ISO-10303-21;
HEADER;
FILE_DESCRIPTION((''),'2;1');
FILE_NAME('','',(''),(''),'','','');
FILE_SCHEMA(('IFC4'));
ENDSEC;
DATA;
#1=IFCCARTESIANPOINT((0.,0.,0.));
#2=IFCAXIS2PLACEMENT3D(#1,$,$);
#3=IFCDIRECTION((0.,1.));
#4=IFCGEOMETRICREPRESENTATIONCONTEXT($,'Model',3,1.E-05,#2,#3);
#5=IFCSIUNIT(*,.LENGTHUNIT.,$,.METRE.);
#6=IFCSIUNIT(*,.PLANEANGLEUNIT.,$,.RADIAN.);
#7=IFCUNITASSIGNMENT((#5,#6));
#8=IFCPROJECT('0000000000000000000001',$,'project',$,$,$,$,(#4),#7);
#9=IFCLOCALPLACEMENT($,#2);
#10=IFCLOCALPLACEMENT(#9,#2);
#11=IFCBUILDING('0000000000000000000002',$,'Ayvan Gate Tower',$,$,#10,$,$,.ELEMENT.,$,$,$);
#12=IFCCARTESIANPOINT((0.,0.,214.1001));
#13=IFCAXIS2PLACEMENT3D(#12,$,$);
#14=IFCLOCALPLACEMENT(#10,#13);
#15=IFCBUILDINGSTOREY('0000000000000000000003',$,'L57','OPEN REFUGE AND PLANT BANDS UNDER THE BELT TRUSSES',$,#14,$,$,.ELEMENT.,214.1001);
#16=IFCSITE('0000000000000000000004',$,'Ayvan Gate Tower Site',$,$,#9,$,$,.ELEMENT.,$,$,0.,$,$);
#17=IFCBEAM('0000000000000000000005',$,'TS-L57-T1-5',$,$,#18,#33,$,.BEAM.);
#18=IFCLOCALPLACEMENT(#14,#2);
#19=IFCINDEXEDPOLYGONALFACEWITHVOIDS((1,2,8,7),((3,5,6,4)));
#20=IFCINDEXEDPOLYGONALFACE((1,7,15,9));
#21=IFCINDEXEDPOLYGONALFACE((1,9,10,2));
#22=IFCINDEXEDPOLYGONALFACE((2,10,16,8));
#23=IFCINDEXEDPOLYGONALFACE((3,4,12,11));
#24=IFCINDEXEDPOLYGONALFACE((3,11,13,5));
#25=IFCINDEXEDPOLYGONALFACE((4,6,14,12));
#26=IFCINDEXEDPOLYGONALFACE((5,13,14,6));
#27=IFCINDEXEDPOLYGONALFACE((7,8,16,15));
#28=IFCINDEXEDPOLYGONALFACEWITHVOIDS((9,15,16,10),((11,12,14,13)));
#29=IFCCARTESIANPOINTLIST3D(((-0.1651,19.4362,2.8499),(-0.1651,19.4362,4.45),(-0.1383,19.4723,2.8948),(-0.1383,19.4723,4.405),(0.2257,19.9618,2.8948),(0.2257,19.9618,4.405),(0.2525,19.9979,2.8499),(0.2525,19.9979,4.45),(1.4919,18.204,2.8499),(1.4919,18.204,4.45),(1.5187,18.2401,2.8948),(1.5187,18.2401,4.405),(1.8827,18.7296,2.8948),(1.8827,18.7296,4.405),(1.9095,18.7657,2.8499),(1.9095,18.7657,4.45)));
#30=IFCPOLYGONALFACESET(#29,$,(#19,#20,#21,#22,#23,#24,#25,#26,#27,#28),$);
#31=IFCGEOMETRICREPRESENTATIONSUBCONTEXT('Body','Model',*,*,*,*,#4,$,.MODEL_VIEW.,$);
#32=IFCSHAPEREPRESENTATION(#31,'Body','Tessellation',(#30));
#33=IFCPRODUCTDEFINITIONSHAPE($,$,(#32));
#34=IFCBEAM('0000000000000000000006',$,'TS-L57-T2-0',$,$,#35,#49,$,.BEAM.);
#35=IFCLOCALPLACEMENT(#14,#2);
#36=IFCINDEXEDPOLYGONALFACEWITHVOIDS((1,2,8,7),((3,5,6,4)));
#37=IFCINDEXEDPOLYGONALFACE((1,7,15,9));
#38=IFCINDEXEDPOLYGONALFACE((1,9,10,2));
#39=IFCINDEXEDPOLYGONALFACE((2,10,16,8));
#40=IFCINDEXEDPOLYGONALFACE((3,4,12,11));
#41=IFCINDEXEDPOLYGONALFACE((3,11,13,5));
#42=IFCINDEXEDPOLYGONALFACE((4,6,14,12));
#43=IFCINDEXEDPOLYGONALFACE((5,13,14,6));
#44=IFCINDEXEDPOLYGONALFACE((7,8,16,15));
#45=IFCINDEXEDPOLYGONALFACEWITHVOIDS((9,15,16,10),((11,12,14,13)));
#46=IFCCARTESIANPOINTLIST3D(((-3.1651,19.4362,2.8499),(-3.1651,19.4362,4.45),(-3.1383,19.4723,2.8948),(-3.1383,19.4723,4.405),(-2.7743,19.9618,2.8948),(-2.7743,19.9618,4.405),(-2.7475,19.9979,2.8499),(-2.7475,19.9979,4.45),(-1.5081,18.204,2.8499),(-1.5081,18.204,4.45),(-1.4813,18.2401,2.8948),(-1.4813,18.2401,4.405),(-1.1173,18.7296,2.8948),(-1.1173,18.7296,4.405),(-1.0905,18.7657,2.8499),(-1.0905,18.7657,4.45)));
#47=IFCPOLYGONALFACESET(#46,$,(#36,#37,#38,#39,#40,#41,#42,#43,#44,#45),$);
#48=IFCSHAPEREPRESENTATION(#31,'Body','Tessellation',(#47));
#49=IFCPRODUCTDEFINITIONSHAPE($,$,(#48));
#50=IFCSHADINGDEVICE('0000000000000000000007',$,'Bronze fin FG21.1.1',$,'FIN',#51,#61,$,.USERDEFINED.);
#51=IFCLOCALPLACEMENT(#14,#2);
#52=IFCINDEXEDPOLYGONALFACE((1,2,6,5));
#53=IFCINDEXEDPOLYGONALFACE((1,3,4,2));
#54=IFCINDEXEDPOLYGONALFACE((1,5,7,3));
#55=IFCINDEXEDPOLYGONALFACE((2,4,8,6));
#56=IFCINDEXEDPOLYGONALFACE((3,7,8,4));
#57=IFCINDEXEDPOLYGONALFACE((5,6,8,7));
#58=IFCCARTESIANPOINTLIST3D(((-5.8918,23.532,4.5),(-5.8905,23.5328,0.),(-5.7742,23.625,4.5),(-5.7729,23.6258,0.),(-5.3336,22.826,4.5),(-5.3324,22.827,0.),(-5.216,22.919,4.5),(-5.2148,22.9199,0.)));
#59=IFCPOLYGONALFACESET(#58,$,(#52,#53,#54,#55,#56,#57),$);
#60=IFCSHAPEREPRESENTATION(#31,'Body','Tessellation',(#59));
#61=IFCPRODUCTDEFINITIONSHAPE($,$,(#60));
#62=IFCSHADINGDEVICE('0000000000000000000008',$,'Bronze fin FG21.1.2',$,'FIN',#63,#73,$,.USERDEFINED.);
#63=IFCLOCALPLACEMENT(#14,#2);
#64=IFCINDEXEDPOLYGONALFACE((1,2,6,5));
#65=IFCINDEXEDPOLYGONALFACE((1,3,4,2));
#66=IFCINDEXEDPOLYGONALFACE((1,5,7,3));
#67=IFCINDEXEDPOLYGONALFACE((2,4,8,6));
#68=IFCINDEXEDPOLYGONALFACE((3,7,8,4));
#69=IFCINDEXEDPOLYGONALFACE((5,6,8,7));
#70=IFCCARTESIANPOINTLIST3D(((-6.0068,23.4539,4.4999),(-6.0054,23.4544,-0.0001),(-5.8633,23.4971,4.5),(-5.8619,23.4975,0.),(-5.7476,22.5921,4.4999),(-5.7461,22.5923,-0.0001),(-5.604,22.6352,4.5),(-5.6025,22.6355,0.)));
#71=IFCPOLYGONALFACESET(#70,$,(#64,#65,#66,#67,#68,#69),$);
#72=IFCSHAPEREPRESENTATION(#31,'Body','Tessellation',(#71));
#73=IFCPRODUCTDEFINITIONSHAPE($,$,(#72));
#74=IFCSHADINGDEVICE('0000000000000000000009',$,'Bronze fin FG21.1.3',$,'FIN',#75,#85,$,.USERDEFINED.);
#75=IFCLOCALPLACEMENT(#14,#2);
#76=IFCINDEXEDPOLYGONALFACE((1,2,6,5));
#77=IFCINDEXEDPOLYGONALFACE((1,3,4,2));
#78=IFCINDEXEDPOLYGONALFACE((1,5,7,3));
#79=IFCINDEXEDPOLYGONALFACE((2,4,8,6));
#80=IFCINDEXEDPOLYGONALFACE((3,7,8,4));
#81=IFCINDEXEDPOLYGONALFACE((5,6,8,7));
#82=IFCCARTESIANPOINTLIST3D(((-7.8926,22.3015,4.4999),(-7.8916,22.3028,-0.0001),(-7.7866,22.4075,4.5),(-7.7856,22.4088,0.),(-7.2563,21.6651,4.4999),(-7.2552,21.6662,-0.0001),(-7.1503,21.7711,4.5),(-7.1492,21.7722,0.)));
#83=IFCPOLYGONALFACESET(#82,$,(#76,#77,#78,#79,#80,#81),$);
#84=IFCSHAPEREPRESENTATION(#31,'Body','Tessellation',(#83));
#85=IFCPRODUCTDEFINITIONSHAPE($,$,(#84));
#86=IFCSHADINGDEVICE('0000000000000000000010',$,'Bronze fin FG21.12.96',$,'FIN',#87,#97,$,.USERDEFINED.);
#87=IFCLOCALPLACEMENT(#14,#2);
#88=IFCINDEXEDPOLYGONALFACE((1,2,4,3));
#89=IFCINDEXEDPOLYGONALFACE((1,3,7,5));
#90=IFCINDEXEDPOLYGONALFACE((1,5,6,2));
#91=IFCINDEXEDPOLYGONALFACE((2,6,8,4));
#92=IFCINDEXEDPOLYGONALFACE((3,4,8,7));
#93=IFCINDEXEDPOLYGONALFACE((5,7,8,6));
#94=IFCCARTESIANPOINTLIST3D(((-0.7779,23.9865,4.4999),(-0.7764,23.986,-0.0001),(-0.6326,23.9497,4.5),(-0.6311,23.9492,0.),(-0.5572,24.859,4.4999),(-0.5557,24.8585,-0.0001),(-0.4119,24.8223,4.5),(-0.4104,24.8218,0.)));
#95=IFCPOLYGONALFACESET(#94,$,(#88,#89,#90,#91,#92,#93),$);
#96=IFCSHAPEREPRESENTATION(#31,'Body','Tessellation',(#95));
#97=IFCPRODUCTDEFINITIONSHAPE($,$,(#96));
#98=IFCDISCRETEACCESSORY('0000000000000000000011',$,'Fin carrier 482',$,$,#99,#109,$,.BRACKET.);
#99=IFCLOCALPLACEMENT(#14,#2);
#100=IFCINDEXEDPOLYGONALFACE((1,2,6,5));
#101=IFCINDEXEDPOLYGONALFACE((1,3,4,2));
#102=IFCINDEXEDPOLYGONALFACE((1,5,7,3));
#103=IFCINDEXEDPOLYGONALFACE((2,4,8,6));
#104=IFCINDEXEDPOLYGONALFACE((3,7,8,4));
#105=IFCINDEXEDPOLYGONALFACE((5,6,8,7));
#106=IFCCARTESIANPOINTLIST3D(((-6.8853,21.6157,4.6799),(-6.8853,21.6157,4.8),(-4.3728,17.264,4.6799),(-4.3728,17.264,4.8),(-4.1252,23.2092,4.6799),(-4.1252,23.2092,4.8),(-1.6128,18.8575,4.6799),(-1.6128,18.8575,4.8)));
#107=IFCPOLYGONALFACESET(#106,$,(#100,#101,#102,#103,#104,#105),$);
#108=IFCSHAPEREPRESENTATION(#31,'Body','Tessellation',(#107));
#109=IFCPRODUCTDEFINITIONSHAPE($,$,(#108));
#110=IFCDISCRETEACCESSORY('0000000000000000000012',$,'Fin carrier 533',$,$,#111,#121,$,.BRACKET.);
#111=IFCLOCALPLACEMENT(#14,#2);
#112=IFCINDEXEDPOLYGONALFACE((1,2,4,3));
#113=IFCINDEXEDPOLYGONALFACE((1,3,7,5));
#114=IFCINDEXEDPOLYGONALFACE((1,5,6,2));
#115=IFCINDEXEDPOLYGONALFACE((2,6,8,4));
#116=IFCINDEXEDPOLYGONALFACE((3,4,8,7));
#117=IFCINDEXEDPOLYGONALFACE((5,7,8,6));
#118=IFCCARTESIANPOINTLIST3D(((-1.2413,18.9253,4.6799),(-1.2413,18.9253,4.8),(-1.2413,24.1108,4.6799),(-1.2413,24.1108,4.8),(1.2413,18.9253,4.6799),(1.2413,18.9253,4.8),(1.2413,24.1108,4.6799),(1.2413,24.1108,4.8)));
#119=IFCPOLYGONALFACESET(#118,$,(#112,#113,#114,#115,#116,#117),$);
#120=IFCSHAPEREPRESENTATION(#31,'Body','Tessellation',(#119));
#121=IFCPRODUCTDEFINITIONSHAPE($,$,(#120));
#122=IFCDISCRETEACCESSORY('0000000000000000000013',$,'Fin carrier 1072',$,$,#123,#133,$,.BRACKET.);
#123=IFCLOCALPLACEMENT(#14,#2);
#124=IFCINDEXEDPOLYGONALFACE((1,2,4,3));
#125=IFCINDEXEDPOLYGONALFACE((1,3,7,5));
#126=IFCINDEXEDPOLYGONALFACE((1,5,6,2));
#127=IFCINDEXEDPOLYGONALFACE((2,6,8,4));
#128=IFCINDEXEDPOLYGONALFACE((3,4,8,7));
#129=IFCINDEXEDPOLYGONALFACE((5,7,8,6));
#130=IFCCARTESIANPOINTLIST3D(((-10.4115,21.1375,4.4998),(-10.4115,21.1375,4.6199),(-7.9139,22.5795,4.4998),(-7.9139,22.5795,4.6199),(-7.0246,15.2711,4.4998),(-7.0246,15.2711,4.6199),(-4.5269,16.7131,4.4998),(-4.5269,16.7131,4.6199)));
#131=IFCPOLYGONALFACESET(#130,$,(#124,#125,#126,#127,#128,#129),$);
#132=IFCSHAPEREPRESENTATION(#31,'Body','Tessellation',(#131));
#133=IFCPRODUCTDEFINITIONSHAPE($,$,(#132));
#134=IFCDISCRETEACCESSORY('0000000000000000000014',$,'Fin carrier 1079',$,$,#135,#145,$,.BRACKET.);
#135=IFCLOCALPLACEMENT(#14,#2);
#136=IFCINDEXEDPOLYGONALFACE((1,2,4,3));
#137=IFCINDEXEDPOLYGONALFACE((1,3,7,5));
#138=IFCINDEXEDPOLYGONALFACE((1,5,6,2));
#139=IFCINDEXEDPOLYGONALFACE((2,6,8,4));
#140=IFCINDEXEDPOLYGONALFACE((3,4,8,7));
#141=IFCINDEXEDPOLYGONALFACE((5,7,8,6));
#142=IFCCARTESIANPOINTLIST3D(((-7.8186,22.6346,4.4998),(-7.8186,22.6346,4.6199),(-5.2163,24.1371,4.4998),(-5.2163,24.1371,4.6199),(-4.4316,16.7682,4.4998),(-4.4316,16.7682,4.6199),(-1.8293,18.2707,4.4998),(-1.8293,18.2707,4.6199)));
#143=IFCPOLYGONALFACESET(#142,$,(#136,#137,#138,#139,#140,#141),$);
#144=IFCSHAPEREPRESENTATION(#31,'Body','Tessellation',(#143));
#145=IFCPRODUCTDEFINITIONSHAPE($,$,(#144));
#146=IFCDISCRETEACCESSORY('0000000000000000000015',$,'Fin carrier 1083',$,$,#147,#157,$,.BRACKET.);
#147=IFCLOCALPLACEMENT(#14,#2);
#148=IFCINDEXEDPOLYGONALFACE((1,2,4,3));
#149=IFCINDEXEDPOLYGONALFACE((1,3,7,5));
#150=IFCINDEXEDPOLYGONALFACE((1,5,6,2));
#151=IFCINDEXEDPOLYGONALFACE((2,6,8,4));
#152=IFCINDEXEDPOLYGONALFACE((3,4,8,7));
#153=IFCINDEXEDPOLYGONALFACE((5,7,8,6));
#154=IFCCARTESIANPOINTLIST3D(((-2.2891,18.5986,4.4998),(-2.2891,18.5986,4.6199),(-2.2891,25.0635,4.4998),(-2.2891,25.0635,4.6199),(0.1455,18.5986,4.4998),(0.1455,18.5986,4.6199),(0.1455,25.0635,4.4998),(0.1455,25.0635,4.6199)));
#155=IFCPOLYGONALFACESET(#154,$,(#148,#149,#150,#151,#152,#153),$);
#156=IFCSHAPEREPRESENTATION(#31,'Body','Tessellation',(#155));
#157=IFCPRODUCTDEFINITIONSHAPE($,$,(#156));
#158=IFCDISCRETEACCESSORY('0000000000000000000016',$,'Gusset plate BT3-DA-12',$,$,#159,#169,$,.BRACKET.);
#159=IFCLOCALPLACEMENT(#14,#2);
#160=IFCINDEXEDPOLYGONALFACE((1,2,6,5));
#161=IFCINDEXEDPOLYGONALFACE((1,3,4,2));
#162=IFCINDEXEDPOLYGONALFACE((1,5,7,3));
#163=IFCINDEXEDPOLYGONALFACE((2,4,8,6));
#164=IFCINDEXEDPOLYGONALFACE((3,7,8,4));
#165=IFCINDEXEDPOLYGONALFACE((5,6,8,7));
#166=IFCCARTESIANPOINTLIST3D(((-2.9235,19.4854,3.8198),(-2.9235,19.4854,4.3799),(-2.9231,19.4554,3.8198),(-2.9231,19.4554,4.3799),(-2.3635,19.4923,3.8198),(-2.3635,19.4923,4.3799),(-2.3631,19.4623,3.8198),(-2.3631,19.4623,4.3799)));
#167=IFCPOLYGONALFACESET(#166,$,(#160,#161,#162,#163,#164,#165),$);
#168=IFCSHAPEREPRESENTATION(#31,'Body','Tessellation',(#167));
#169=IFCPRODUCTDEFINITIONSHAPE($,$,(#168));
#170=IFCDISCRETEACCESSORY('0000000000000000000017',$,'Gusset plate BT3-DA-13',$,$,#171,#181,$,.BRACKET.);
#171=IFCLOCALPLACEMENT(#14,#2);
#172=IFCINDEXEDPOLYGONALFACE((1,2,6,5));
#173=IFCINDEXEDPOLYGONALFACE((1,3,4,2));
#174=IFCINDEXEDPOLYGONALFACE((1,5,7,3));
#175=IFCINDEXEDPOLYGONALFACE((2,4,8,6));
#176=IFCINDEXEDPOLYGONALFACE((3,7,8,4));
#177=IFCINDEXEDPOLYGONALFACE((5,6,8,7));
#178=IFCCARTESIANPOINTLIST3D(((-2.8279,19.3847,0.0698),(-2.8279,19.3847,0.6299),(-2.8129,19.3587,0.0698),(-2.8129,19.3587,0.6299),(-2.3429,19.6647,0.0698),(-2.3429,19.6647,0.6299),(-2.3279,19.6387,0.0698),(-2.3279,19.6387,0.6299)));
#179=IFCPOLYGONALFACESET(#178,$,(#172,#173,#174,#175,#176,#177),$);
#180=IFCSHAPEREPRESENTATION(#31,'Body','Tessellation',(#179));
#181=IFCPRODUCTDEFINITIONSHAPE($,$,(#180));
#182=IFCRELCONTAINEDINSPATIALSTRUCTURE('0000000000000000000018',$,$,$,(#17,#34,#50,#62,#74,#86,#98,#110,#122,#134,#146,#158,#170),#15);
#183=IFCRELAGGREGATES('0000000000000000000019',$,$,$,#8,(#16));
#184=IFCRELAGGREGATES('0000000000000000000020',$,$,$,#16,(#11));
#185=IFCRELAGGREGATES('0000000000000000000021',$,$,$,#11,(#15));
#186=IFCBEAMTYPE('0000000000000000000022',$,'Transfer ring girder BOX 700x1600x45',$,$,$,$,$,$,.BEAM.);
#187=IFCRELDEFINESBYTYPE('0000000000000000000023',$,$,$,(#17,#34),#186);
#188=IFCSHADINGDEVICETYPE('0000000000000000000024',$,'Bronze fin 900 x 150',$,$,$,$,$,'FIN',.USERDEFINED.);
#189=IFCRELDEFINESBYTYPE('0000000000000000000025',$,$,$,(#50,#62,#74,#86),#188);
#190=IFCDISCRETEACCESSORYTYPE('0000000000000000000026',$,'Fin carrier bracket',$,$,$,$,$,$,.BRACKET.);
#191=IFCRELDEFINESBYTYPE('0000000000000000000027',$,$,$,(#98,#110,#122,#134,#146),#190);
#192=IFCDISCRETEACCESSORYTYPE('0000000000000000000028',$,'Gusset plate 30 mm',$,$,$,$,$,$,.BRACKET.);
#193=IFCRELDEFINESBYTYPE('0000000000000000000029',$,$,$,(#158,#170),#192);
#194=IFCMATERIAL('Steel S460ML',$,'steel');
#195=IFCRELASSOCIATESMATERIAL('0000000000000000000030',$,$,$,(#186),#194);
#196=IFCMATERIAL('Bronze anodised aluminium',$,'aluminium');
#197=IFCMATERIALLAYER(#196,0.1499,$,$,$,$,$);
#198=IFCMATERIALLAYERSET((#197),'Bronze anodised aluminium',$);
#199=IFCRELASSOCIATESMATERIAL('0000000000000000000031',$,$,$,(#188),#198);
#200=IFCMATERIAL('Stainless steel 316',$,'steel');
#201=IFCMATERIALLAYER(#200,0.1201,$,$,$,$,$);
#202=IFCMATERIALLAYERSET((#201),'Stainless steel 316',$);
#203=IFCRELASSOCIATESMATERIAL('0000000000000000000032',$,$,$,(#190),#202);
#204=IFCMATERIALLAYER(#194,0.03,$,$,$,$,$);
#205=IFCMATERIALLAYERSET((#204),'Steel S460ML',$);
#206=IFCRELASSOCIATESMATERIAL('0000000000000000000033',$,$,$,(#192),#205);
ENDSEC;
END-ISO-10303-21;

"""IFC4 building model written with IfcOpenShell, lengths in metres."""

from ifc_helpers import new_model, si_unit, direction, frame, origin, origin_2d, place, context, subcontext, project, spatial, polyline, rectangle, hollow_rectangle, outline, extrude, material, layer, layer_set, material_profile, profile_set, type_object, element, save


model = new_model("IFC4")

# Units and contexts
model_context = context("Model", 3, precision=1e-05, world=origin(), true_north=direction((0.0, 1.0)))
body_context = subcontext(model_context, "Body", "Model", "MODEL_VIEW")
ifc_project = project(units=[si_unit("LENGTHUNIT", "METRE"), si_unit("PLANEANGLEUNIT", "RADIAN")], contexts=[model_context])

# Site, building, storey
site_placement = place(None, origin())
site = spatial("IfcSite", under=ifc_project, at=site_placement, Name="Ayvan Gate Tower Site", CompositionType="ELEMENT", RefElevation=0.0)
building_placement = place(site_placement, origin())
building = spatial("IfcBuilding", under=site, at=building_placement, Name="Ayvan Gate Tower", CompositionType="ELEMENT")
storey_placement = place(building_placement, frame((0.0, 0.0, 214.1001)))
storey = spatial("IfcBuildingStorey", under=building, at=storey_placement, Name="L57", Description="OPEN REFUGE AND PLANT BANDS UNDER THE BELT TRUSSES", CompositionType="ELEMENT", Elevation=214.1001)

# Shared definitions
ifc_material_1 = material(Name="Steel S460ML", Category="steel")

# Beams
ifc_material_profile_1 = material_profile(ifc_material_1, hollow_rectangle(XDim=0.7, YDim=1.6001, WallThickness=0.0449, at=origin_2d()), Name="BOX 700x1600x45")
ifc_profile_set_1 = profile_set([ifc_material_profile_1], Name="Steel S460ML")
beam_type_1 = type_object("IfcBeamType", Name="Transfer ring girder BOX 700x1600x45", PredefinedType="BEAM", material=ifc_profile_set_1)
for number, where, z_axis, x_axis, name in (
    (1, (0.0437, 19.717, 3.6499), (0.802448, -0.596722, 0.0), (0.596722, 0.802448, 0.0), "TS-L57-T1-5"),
    (2, (-2.9563, 19.717, 3.6499), (0.802448, -0.596722, 0.0), (0.596722, 0.802448, 0.0), "TS-L57-T2-0"),
):
    element("IfcBeam", number, at=place(storey_placement, frame(where, z_axis=z_axis, x_axis=x_axis)), inside=storey, type_object=beam_type_1, Name=name, PredefinedType="BEAM", context=body_context, shape_type="SweptSolid", body=[
        extrude(hollow_rectangle(XDim=0.7, YDim=1.6001, WallThickness=0.0449, at=origin_2d()), origin(), (0.0, 0.0, 1.0), 2.0649),
    ])

# Shading devices
ifc_material_2 = material(Name="Bronze anodised aluminium", Category="aluminium")
ifc_layer_1 = layer(ifc_material_2, 0.1499)
ifc_layer_set_1 = layer_set([ifc_layer_1], Name="Bronze anodised aluminium")
shading_device_type = type_object("IfcShadingDeviceType", Name="Bronze fin 900 x 150", ElementType="FIN", PredefinedType="USERDEFINED", material=ifc_layer_set_1)
shading_device_1_placement = place(storey_placement, frame((-5.2148, 22.9199, 0.0), z_axis=(0.784455, 0.620185, 0.000331), x_axis=(-0.620185, 0.784455, 0.0)))
element("IfcShadingDevice", 3, at=shading_device_1_placement, inside=storey, type_object=shading_device_type, Name="Bronze fin FG21.1.1", ObjectType="FIN", PredefinedType="USERDEFINED", context=body_context, shape_type="SweptSolid", body=[
    extrude(outline(polyline([(0.0, 0.0), (0.8998, 0.0), (0.9, 4.5), (0.0, 4.5), (0.0, 0.0)])), origin(), (0.0, 0.0, -1.0), 0.1499),
])
shading_device_2_placement = place(storey_placement, frame((-5.6025, 22.6355, 0.0), z_axis=(0.957613, 0.288057, 0.000335), x_axis=(-0.288057, 0.957613, 0.0)))
element("IfcShadingDevice", 4, at=shading_device_2_placement, inside=storey, type_object=shading_device_type, Name="Bronze fin FG21.1.2", ObjectType="FIN", PredefinedType="USERDEFINED", context=body_context, shape_type="SweptSolid", body=[
    extrude(outline(polyline([(0.0, 0.0), (0.9002, 0.0), (0.9002, 4.5), (0.0002, 4.5), (0.0, 0.0)])), origin(), (0.0, 0.0, -1.0), 0.1499),
])
shading_device_3_placement = place(storey_placement, frame((-7.1492, 21.7722, 0.0), z_axis=(0.707175, 0.707039, 0.000364), x_axis=(-0.707039, 0.707175, 0.0)))
element("IfcShadingDevice", 5, at=shading_device_3_placement, inside=storey, type_object=shading_device_type, Name="Bronze fin FG21.1.3", ObjectType="FIN", PredefinedType="USERDEFINED", context=body_context, shape_type="SweptSolid", body=[
    extrude(outline(polyline([(0.0, 0.0), (0.9001, 0.0), (0.8999, 4.5), (0.0, 4.5), (0.0, 0.0)])), origin(), (0.0, 0.0, -1.0), 0.1499),
])
shading_device_4_placement = place(storey_placement, frame((-0.6311, 23.9492, 0.0), z_axis=(0.969469, -0.245215, 0.000342), x_axis=(0.245215, 0.969469, 0.0)))
element("IfcShadingDevice", 6, at=shading_device_4_placement, inside=storey, type_object=shading_device_type, Name="Bronze fin FG21.12.96", ObjectType="FIN", PredefinedType="USERDEFINED", context=body_context, shape_type="SweptSolid", body=[
    extrude(outline(polyline([(0.0, 0.0), (0.9, 0.0), (0.9002, 4.5), (0.0001, 4.5), (0.0, 0.0)])), origin(), (0.0, 0.0, -1.0), 0.1499),
])

# Discrete accessories
ifc_material_3 = material(Name="Stainless steel 316", Category="steel")
ifc_layer_2 = layer(ifc_material_3, 0.1201)
ifc_layer_set_2 = layer_set([ifc_layer_2], Name="Stainless steel 316")
discrete_accessory_type_1 = type_object("IfcDiscreteAccessoryType", Name="Fin carrier bracket", PredefinedType="BRACKET", material=ifc_layer_set_2)
discrete_accessory_1_placement = place(storey_placement, frame((-4.249, 20.2366, 4.6799), z_axis=(0.0, 0.0, 1.0), x_axis=(-0.866025, -0.5, 0.0)))
element("IfcDiscreteAccessory", 7, at=discrete_accessory_1_placement, inside=storey, type_object=discrete_accessory_type_1, Name="Fin carrier 482", PredefinedType="BRACKET", context=body_context, shape_type="SweptSolid", body=[
    extrude(rectangle(XDim=3.187, YDim=5.0249, at=origin_2d()), origin(), (0.0, 0.0, 1.0), 0.1201),
])
discrete_accessory_2_placement = place(storey_placement, frame((0.0, 21.5181, 4.6799), z_axis=(0.0, 0.0, 1.0), x_axis=(-1.0, 0.0, 0.0)))
element("IfcDiscreteAccessory", 8, at=discrete_accessory_2_placement, inside=storey, type_object=discrete_accessory_type_1, Name="Fin carrier 533", PredefinedType="BRACKET", context=body_context, shape_type="SweptSolid", body=[
    extrude(rectangle(XDim=2.4827, YDim=5.1855, at=origin_2d()), origin(), (0.0, 0.0, 1.0), 0.1201),
])
discrete_accessory_3_placement = place(storey_placement, frame((-7.4692, 18.9253, 4.4998), z_axis=(0.0, 0.0, 1.0), x_axis=(-0.866025, -0.5, 0.0)))
element("IfcDiscreteAccessory", 9, at=discrete_accessory_3_placement, inside=storey, type_object=discrete_accessory_type_1, Name="Fin carrier 1072", PredefinedType="BRACKET", context=body_context, shape_type="SweptSolid", body=[
    extrude(rectangle(XDim=2.884, YDim=6.7739, at=origin_2d()), origin(), (0.0, 0.0, 1.0), 0.1201),
])
discrete_accessory_4_placement = place(storey_placement, frame((-4.824, 20.4526, 4.4998), z_axis=(0.0, 0.0, 1.0), x_axis=(-0.866025, -0.5, 0.0)))
element("IfcDiscreteAccessory", 10, at=discrete_accessory_4_placement, inside=storey, type_object=discrete_accessory_type_1, Name="Fin carrier 1079", PredefinedType="BRACKET", context=body_context, shape_type="SweptSolid", body=[
    extrude(rectangle(XDim=3.0049, YDim=6.7739, at=origin_2d()), origin(), (0.0, 0.0, 1.0), 0.1201),
])
discrete_accessory_5_placement = place(storey_placement, frame((-1.0718, 21.8311, 4.4998), z_axis=(0.0, 0.0, 1.0), x_axis=(-1.0, 0.0, 0.0)))
element("IfcDiscreteAccessory", 11, at=discrete_accessory_5_placement, inside=storey, type_object=discrete_accessory_type_1, Name="Fin carrier 1083", PredefinedType="BRACKET", context=body_context, shape_type="SweptSolid", body=[
    extrude(rectangle(XDim=2.4346, YDim=6.4648, at=origin_2d()), origin(), (0.0, 0.0, 1.0), 0.1201),
])
ifc_layer_3 = layer(ifc_material_1, 0.03)
ifc_layer_set_3 = layer_set([ifc_layer_3], Name="Steel S460ML")
discrete_accessory_type_2 = type_object("IfcDiscreteAccessoryType", Name="Gusset plate 30 mm", PredefinedType="BRACKET", material=ifc_layer_set_3)
for number, where, z_axis, x_axis, name in (
    (12, (-2.6433, 19.4739, 3.8198), (0.0, 0.0, 1.0), (0.999924, 0.012327, 0.0), "Gusset plate BT3-DA-12"),
    (13, (-2.5779, 19.5117, 0.0698), (0.0, 0.0, 1.0), (0.866025, 0.5, 0.0), "Gusset plate BT3-DA-13"),
):
    element("IfcDiscreteAccessory", number, at=place(storey_placement, frame(where, z_axis=z_axis, x_axis=x_axis)), inside=storey, type_object=discrete_accessory_type_2, Name=name, PredefinedType="BRACKET", context=body_context, shape_type="SweptSolid", body=[
        extrude(rectangle(XDim=0.5601, YDim=0.03, at=origin_2d()), origin(), (0.0, 0.0, 1.0), 0.5601),
    ])

save(model, "model.ifc")
